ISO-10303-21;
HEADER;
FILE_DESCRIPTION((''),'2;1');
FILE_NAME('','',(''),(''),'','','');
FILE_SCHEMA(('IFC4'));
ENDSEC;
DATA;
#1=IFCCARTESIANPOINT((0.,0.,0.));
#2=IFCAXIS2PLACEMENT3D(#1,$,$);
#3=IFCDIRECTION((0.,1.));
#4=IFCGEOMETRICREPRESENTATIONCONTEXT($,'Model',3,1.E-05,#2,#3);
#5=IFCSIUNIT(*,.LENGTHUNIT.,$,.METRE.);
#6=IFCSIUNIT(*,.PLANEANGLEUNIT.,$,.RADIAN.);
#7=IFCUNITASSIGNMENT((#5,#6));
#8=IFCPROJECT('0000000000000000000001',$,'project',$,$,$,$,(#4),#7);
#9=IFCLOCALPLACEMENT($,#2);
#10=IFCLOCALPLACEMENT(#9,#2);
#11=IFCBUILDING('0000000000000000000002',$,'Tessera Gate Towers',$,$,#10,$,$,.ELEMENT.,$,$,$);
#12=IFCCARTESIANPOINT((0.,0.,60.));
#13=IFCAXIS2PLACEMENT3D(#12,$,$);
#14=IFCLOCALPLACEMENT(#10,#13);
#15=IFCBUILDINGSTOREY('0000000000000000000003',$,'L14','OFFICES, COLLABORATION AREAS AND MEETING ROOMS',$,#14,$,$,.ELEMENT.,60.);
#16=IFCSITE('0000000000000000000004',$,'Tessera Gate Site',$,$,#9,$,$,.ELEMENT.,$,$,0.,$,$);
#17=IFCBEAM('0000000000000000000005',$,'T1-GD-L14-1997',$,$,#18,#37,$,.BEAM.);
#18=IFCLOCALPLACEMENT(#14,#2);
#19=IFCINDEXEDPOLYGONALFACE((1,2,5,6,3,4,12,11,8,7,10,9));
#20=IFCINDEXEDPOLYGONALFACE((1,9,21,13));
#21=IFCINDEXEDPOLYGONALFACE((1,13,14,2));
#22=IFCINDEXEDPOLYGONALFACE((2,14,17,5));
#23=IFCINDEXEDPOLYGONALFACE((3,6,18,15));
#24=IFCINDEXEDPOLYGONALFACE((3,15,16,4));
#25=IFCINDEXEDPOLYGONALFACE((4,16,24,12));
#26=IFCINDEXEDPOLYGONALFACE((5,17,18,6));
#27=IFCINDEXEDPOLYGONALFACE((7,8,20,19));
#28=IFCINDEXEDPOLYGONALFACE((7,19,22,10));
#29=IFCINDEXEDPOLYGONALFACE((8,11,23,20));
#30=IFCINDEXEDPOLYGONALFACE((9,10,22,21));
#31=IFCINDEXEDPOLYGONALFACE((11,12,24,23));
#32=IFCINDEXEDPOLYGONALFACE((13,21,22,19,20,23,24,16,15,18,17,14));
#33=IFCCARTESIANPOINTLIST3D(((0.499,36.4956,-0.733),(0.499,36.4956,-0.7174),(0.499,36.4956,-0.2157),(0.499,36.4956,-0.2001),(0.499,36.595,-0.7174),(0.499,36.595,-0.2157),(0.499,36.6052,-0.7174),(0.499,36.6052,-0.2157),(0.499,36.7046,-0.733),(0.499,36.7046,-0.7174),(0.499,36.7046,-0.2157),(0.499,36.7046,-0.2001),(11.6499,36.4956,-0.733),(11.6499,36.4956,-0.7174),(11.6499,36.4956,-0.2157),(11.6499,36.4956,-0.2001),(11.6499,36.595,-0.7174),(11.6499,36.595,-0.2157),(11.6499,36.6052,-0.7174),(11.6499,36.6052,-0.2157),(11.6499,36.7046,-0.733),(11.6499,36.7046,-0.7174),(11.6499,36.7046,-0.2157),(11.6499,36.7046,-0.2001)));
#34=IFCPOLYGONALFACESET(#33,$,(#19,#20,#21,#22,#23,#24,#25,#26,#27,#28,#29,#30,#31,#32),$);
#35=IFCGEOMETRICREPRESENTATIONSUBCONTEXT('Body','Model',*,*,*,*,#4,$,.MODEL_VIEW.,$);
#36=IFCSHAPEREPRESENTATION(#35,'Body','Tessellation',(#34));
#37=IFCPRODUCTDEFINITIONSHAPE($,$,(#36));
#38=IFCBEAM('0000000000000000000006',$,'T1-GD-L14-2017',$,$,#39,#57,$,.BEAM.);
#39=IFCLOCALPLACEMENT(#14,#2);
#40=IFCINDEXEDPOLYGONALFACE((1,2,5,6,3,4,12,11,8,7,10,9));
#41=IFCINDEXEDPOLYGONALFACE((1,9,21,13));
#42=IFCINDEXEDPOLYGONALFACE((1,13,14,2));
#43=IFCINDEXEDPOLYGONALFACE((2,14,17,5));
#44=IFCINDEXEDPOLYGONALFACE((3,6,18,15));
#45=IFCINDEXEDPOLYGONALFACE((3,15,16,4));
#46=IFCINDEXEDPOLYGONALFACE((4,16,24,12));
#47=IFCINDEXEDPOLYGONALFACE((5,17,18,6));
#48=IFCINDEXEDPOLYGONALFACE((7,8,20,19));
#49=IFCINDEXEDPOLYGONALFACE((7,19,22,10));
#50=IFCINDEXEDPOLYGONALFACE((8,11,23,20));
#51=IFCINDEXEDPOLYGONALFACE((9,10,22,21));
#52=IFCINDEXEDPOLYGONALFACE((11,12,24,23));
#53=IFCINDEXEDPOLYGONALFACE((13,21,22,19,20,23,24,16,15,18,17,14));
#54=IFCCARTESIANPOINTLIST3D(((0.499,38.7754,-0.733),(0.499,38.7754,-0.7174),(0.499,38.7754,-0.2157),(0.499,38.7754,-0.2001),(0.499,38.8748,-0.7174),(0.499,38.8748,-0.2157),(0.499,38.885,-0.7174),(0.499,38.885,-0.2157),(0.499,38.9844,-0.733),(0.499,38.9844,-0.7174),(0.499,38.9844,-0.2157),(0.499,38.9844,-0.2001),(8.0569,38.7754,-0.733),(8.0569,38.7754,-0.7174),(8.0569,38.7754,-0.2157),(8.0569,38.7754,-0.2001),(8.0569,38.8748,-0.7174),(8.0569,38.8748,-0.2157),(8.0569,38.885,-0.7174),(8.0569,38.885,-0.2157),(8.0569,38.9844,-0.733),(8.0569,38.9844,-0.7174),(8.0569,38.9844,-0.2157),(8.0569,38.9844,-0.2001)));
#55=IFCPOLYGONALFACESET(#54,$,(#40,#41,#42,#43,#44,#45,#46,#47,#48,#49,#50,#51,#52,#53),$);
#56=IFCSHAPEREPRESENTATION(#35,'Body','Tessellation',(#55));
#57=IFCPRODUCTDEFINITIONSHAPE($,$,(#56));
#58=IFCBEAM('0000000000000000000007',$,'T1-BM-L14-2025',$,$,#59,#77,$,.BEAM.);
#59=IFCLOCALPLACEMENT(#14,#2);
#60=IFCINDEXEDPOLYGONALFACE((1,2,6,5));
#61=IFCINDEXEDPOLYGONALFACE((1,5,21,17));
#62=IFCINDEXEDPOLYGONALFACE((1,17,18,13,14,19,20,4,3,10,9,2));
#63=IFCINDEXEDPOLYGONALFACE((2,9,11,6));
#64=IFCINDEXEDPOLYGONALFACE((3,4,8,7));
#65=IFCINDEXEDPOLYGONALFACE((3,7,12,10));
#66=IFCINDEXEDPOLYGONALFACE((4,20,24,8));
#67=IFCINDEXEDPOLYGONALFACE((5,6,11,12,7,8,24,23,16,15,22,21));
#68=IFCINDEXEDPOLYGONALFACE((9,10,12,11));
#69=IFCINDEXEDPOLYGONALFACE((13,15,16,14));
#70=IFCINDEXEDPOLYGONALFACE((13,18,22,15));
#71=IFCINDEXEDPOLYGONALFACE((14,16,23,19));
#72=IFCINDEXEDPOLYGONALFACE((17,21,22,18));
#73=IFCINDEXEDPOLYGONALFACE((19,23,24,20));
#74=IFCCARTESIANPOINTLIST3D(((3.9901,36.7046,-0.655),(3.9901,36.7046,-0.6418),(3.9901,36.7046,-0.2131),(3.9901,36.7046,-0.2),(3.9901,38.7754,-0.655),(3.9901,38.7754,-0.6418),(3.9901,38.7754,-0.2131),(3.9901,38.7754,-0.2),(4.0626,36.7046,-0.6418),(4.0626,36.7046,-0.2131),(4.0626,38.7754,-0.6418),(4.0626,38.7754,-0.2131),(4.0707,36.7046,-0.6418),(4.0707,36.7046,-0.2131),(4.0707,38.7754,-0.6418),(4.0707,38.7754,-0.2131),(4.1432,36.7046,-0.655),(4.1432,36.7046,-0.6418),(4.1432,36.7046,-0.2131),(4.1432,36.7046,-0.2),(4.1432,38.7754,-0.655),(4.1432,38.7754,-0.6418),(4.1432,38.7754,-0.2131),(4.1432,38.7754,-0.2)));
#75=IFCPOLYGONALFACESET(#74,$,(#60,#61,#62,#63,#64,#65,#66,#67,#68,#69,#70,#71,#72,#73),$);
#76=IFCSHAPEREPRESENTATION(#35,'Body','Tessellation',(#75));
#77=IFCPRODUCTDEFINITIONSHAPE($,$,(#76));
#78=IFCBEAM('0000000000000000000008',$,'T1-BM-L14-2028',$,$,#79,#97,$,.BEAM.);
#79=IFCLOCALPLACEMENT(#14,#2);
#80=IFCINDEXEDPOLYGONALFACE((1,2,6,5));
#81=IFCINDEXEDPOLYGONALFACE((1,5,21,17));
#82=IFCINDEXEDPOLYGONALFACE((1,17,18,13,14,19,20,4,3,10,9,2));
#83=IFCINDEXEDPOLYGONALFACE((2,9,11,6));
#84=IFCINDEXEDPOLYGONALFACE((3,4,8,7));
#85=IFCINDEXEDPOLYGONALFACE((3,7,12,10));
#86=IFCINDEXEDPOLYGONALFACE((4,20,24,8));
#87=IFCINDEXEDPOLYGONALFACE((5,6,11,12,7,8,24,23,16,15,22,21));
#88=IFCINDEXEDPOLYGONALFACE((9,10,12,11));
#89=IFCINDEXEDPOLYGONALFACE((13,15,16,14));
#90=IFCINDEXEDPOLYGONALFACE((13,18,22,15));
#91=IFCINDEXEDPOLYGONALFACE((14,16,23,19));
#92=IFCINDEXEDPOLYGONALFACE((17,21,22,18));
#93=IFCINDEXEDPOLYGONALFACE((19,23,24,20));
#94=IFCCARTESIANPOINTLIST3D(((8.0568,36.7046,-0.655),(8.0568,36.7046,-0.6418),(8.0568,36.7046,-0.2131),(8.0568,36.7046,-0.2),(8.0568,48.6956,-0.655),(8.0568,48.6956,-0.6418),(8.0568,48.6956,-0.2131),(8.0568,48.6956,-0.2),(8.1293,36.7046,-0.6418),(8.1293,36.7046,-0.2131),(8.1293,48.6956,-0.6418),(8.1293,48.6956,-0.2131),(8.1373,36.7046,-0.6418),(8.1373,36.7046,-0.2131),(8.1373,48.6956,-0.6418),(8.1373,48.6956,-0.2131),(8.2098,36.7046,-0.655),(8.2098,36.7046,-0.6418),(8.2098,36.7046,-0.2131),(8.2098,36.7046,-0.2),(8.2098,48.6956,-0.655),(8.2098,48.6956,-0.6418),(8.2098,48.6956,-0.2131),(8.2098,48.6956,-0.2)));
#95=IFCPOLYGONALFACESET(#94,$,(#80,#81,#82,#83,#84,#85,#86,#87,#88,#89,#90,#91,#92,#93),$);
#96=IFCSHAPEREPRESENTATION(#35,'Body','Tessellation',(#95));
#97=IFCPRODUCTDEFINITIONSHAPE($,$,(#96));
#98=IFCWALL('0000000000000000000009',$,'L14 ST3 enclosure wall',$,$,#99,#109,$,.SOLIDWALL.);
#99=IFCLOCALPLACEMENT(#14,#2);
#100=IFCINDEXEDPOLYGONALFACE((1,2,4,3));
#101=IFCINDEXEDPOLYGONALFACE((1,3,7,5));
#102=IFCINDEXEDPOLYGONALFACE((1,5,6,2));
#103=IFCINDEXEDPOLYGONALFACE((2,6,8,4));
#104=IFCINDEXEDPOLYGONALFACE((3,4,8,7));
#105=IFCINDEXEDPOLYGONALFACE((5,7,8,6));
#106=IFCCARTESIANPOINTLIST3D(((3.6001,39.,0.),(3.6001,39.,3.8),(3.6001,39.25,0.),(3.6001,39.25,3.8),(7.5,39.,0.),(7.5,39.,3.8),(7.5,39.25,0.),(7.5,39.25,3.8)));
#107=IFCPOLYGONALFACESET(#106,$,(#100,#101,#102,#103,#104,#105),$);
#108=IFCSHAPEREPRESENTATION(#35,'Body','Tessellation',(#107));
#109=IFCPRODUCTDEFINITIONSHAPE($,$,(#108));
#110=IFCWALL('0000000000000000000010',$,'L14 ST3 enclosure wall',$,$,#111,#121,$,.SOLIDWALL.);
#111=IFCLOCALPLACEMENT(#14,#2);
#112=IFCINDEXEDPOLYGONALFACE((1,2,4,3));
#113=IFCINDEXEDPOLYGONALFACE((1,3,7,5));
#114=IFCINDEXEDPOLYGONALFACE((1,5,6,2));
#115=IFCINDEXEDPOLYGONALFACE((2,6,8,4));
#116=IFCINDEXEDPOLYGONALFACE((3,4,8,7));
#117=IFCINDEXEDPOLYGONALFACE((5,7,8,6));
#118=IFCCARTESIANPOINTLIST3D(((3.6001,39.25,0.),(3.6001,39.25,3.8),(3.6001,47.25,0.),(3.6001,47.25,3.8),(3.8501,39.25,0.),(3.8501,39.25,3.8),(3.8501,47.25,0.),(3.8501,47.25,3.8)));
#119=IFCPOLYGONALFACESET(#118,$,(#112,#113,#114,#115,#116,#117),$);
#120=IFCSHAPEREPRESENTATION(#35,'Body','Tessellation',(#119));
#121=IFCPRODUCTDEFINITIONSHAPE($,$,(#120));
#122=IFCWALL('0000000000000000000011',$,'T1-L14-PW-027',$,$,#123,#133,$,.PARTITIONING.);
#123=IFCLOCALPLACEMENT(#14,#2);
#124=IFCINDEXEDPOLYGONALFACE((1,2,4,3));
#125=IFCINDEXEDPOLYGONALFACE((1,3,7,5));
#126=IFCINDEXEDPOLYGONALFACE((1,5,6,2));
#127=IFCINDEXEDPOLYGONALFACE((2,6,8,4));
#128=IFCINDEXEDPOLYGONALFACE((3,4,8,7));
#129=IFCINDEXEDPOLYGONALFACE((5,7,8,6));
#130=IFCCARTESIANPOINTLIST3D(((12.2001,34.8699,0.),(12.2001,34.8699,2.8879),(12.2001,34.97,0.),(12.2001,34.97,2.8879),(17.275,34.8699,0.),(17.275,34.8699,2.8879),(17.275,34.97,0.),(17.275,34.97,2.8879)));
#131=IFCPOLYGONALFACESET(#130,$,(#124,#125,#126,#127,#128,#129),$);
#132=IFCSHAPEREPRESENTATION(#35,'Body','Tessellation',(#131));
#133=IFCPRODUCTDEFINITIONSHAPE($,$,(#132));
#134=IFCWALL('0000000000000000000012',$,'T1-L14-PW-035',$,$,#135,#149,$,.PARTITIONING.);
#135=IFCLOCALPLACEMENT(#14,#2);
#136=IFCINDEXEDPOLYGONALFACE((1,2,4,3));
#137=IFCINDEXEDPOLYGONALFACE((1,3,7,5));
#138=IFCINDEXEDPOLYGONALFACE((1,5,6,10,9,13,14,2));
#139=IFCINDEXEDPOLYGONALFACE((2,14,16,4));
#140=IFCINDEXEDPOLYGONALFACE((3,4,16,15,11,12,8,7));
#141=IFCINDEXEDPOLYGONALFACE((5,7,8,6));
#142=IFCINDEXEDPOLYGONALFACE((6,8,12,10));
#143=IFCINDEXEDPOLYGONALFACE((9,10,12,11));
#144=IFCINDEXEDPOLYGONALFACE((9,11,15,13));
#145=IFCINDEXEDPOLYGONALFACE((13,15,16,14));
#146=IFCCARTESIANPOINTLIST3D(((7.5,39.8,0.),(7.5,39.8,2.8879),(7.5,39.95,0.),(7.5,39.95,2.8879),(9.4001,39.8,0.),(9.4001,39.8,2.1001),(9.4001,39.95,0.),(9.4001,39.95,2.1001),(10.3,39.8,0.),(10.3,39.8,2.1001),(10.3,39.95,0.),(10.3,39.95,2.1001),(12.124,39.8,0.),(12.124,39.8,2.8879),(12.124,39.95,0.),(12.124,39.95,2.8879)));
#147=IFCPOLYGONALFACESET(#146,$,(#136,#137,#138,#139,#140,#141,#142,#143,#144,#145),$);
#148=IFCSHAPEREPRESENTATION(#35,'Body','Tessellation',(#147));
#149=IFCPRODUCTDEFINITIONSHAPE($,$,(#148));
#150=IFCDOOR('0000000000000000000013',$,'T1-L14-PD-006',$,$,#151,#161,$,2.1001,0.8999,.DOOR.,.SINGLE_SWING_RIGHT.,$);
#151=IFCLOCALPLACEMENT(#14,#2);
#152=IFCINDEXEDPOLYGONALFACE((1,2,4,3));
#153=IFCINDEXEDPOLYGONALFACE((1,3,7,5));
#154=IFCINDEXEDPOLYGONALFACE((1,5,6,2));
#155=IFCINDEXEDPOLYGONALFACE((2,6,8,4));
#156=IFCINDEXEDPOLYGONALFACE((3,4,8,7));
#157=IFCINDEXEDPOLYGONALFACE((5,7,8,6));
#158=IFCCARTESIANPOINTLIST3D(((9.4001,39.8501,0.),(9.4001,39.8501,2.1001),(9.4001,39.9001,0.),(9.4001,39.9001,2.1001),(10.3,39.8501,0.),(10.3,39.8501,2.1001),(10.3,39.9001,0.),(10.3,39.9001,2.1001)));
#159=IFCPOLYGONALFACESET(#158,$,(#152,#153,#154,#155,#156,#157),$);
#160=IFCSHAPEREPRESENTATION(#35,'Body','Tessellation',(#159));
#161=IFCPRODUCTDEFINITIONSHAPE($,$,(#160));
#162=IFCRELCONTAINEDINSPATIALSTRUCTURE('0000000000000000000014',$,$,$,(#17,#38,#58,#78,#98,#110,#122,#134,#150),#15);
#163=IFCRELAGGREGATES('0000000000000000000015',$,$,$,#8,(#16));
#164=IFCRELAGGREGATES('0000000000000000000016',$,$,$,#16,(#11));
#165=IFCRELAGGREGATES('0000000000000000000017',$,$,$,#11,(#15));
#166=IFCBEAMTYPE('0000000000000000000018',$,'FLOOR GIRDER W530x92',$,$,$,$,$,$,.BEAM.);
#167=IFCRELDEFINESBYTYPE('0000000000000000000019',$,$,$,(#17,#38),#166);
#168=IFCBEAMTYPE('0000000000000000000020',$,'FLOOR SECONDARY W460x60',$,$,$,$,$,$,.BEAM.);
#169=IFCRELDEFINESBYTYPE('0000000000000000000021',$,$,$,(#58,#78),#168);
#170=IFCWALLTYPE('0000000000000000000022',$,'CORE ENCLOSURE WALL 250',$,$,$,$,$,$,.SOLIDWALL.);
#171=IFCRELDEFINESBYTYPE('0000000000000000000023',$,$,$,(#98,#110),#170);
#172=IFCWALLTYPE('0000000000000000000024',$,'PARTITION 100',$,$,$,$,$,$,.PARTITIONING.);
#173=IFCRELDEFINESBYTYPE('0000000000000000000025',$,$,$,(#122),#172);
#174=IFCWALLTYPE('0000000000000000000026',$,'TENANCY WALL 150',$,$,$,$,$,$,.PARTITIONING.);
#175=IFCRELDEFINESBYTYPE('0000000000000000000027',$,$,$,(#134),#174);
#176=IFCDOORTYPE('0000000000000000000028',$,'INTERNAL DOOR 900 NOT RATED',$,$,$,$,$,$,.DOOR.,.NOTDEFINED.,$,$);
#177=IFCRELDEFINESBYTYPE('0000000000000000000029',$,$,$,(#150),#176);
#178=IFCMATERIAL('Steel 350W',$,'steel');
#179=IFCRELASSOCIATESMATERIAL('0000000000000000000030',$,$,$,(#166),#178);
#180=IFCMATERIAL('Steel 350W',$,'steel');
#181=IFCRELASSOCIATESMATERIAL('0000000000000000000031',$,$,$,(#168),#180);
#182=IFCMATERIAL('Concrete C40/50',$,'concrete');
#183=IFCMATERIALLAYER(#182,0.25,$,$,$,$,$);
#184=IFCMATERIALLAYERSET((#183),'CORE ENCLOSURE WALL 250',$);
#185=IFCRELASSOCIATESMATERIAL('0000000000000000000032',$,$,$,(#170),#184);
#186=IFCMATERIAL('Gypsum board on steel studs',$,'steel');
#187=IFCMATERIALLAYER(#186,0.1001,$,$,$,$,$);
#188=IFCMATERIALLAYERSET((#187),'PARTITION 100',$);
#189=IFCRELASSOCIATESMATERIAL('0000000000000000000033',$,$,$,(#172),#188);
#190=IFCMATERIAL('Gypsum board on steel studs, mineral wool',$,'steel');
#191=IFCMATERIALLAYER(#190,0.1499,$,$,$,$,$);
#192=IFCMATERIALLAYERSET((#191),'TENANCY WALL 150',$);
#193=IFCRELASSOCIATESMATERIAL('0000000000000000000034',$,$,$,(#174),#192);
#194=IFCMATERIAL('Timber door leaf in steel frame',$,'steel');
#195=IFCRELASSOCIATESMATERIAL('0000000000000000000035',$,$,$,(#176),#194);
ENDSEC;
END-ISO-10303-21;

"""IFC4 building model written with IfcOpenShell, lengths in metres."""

from ifc_helpers import new_model, si_unit, direction, frame, frame_2d, origin, origin_2d, place, context, subcontext, project, spatial, rectangle, i_section, extrude, source, transform, mapped, material, layer, layer_set, material_profile, profile_set, type_object, element, fill, save


model = new_model("IFC4")

# Units and contexts
model_context = context("Model", 3, precision=1e-05, world=origin(), true_north=direction((0.0, 1.0)))
body_context = subcontext(model_context, "Body", "Model", "MODEL_VIEW")
ifc_project = project(units=[si_unit("LENGTHUNIT", "METRE"), si_unit("PLANEANGLEUNIT", "RADIAN")], contexts=[model_context])

# Site, building, storey
site_placement = place(None, origin())
site = spatial("IfcSite", under=ifc_project, at=site_placement, Name="Tessera Gate Site", CompositionType="ELEMENT", RefElevation=0.0)
building_placement = place(site_placement, origin())
building = spatial("IfcBuilding", under=site, at=building_placement, Name="Tessera Gate Towers", CompositionType="ELEMENT")
storey_placement = place(building_placement, frame((0.0, 0.0, 60.0)))
storey = spatial("IfcBuildingStorey", under=building, at=storey_placement, Name="L14", Description="OFFICES, COLLABORATION AREAS AND MEETING ROOMS", CompositionType="ELEMENT", Elevation=60.0)

# Beams
ifc_material_1 = material(Name="Steel 350W", Category="steel")
ifc_material_profile_1 = material_profile(ifc_material_1, i_section(OverallWidth=0.209, OverallDepth=0.533, WebThickness=0.0103, FlangeThickness=0.0156, at=origin_2d()), Name="W530x92")
ifc_profile_set_1 = profile_set([ifc_material_profile_1], Name="Steel 350W")
beam_type_1 = type_object("IfcBeamType", Name="FLOOR GIRDER W530x92", PredefinedType="BEAM", material=ifc_profile_set_1)
beam_1_placement = place(storey_placement, frame((0.499, 36.6001, -0.4666), z_axis=(1.0, 0.0, 0.0), x_axis=(0.0, 1.0, 0.0)))
element("IfcBeam", 1, at=beam_1_placement, inside=storey, type_object=beam_type_1, Name="T1-GD-L14-1997", PredefinedType="BEAM", context=body_context, shape_type="SweptSolid", body=[
    extrude(i_section(OverallWidth=0.209, OverallDepth=0.533, WebThickness=0.0103, FlangeThickness=0.0156, at=origin_2d()), origin(), (0.0, 0.0, 1.0), 11.1509),
])
beam_2_placement = place(storey_placement, frame((0.499, 38.8799, -0.4666), z_axis=(1.0, 0.0, 0.0), x_axis=(0.0, 1.0, 0.0)))
element("IfcBeam", 2, at=beam_2_placement, inside=storey, type_object=beam_type_1, Name="T1-GD-L14-2017", PredefinedType="BEAM", context=body_context, shape_type="SweptSolid", body=[
    extrude(i_section(OverallWidth=0.209, OverallDepth=0.533, WebThickness=0.0103, FlangeThickness=0.0156, at=origin_2d()), origin(), (0.0, 0.0, 1.0), 7.5579),
])
ifc_material_2 = material(Name="Steel 350W", Category="steel")
ifc_material_profile_2 = material_profile(ifc_material_2, i_section(OverallWidth=0.1531, OverallDepth=0.4551, WebThickness=0.0081, FlangeThickness=0.0132, at=origin_2d()), Name="W460x60")
ifc_profile_set_2 = profile_set([ifc_material_profile_2], Name="Steel 350W")
beam_type_2 = type_object("IfcBeamType", Name="FLOOR SECONDARY W460x60", PredefinedType="BEAM", material=ifc_profile_set_2)
beam_3_placement = place(storey_placement, frame((4.0667, 36.7046, -0.4275), z_axis=(0.0, 1.0, 0.0), x_axis=(-1.0, 0.0, 0.0)))
element("IfcBeam", 3, at=beam_3_placement, inside=storey, type_object=beam_type_2, Name="T1-BM-L14-2025", PredefinedType="BEAM", context=body_context, shape_type="SweptSolid", body=[
    extrude(i_section(OverallWidth=0.1531, OverallDepth=0.4551, WebThickness=0.0081, FlangeThickness=0.0132, at=origin_2d()), origin(), (0.0, 0.0, 1.0), 2.0708),
])
beam_4_placement = place(storey_placement, frame((8.1333, 36.7046, -0.4275), z_axis=(0.0, 1.0, 0.0), x_axis=(-1.0, 0.0, 0.0)))
element("IfcBeam", 4, at=beam_4_placement, inside=storey, type_object=beam_type_2, Name="T1-BM-L14-2028", PredefinedType="BEAM", context=body_context, shape_type="SweptSolid", body=[
    extrude(i_section(OverallWidth=0.1531, OverallDepth=0.4551, WebThickness=0.0081, FlangeThickness=0.0132, at=origin_2d()), origin(), (0.0, 0.0, 1.0), 11.991),
])

# Walls
ifc_material_3 = material(Name="Concrete C40/50", Category="concrete")
ifc_layer_1 = layer(ifc_material_3, 0.25)
ifc_layer_set_1 = layer_set([ifc_layer_1], Name="CORE ENCLOSURE WALL 250")
wall_type_1 = type_object("IfcWallType", Name="CORE ENCLOSURE WALL 250", PredefinedType="SOLIDWALL", material=ifc_layer_set_1)
wall_1_placement = place(storey_placement, frame((7.5, 39.125, 0.0), z_axis=(0.0, 0.0, 1.0), x_axis=(-1.0, 0.0, 0.0)))
element("IfcWall", 5, at=wall_1_placement, inside=storey, type_object=wall_type_1, Name="L14 ST3 enclosure wall", PredefinedType="SOLIDWALL", context=body_context, shape_type="SweptSolid", body=[
    extrude(rectangle(XDim=3.8999, YDim=0.25, at=frame_2d((1.95, 0.0))), origin(), (0.0, 0.0, 1.0), 3.8),
])
wall_2_placement = place(storey_placement, frame((3.7251, 39.25, 0.0), z_axis=(0.0, 0.0, 1.0), x_axis=(0.0, 1.0, 0.0)))
element("IfcWall", 6, at=wall_2_placement, inside=storey, type_object=wall_type_1, Name="L14 ST3 enclosure wall", PredefinedType="SOLIDWALL", context=body_context, shape_type="SweptSolid", body=[
    extrude(rectangle(XDim=8.0, YDim=0.25, at=frame_2d((4.0, 0.0))), origin(), (0.0, 0.0, 1.0), 3.8),
])
ifc_material_4 = material(Name="Gypsum board on steel studs", Category="steel")
ifc_layer_2 = layer(ifc_material_4, 0.1001)
ifc_layer_set_2 = layer_set([ifc_layer_2], Name="PARTITION 100")
wall_type_2 = type_object("IfcWallType", Name="PARTITION 100", PredefinedType="PARTITIONING", material=ifc_layer_set_2)
wall_3_placement = place(storey_placement, frame((12.2, 34.9199, 0.0), z_axis=(0.0, 0.0, 1.0), x_axis=(1.0, 0.0, 0.0)))
element("IfcWall", 7, at=wall_3_placement, inside=storey, type_object=wall_type_2, Name="T1-L14-PW-027", PredefinedType="PARTITIONING", context=body_context, shape_type="SweptSolid", body=[
    extrude(rectangle(XDim=5.075, YDim=0.1001, at=frame_2d((2.5376, 0.0))), origin(), (0.0, 0.0, 1.0), 2.8879),
])

# Wall, opening, door
ifc_material_5 = material(Name="Gypsum board on steel studs, mineral wool", Category="steel")
ifc_layer_3 = layer(ifc_material_5, 0.1499)
ifc_layer_set_3 = layer_set([ifc_layer_3], Name="TENANCY WALL 150")
wall_type_3 = type_object("IfcWallType", Name="TENANCY WALL 150", PredefinedType="PARTITIONING", material=ifc_layer_set_3)
wall_4_placement = place(storey_placement, frame((12.124, 39.875, 0.0), z_axis=(0.0, 0.0, 1.0), x_axis=(-1.0, 0.0, 0.0)))
wall_4 = element("IfcWall", 8, at=wall_4_placement, inside=storey, type_object=wall_type_3, Name="T1-L14-PW-035", PredefinedType="PARTITIONING", context=body_context, shape_type="SweptSolid", body=[
    extrude(rectangle(XDim=4.624, YDim=0.1499, at=frame_2d((2.312, 0.0))), origin(), (0.0, 0.0, 1.0), 2.8879),
])
shared_shape_1 = source(origin(), body_context, "Body", "SweptSolid", [
    extrude(rectangle(XDim=0.8999, YDim=2.1001, at=frame_2d((0.45, 1.05))), frame((0.0, 0.085, 0.0), z_axis=(0.0, -1.0, 0.0), x_axis=(1.0, 0.0, 0.0)), (0.0, 0.0, 1.0), 0.1699),
])
opening_1_placement = place(wall_4_placement, frame((1.824, 0.0, 0.0)))
opening_1 = element("IfcOpeningElement", 9, at=opening_1_placement, cuts=wall_4, PredefinedType="OPENING", context=body_context, shape_type="MappedRepresentation", body=[
    mapped(shared_shape_1, transform((0.0, 0.0, 0.0), scale=1.0)),
])
ifc_material_6 = material(Name="Timber door leaf in steel frame", Category="steel")
door_type = type_object("IfcDoorType", Name="INTERNAL DOOR 900 NOT RATED", OperationType="NOTDEFINED", PredefinedType="DOOR", material=ifc_material_6)
shared_shape_2 = source(origin(), body_context, "Body", "SweptSolid", [
    extrude(rectangle(XDim=0.8999, YDim=2.1001, at=frame_2d((0.45, 1.05))), frame((0.0, 0.0249, 0.0), z_axis=(0.0, -1.0, 0.0), x_axis=(1.0, 0.0, 0.0)), (0.0, 0.0, 1.0), 0.05),
])
door_placement = place(opening_1_placement, origin())
door = element("IfcDoor", 10, at=door_placement, inside=storey, type_object=door_type, Name="T1-L14-PD-006", OperationType="SINGLE_SWING_RIGHT", OverallHeight=2.1001, OverallWidth=0.8999, PredefinedType="DOOR", context=body_context, shape_type="MappedRepresentation", body=[
    mapped(shared_shape_2, transform((0.0, 0.0, 0.0), scale=1.0)),
])
fill(opening_1, door)

save(model, "model.ifc")
